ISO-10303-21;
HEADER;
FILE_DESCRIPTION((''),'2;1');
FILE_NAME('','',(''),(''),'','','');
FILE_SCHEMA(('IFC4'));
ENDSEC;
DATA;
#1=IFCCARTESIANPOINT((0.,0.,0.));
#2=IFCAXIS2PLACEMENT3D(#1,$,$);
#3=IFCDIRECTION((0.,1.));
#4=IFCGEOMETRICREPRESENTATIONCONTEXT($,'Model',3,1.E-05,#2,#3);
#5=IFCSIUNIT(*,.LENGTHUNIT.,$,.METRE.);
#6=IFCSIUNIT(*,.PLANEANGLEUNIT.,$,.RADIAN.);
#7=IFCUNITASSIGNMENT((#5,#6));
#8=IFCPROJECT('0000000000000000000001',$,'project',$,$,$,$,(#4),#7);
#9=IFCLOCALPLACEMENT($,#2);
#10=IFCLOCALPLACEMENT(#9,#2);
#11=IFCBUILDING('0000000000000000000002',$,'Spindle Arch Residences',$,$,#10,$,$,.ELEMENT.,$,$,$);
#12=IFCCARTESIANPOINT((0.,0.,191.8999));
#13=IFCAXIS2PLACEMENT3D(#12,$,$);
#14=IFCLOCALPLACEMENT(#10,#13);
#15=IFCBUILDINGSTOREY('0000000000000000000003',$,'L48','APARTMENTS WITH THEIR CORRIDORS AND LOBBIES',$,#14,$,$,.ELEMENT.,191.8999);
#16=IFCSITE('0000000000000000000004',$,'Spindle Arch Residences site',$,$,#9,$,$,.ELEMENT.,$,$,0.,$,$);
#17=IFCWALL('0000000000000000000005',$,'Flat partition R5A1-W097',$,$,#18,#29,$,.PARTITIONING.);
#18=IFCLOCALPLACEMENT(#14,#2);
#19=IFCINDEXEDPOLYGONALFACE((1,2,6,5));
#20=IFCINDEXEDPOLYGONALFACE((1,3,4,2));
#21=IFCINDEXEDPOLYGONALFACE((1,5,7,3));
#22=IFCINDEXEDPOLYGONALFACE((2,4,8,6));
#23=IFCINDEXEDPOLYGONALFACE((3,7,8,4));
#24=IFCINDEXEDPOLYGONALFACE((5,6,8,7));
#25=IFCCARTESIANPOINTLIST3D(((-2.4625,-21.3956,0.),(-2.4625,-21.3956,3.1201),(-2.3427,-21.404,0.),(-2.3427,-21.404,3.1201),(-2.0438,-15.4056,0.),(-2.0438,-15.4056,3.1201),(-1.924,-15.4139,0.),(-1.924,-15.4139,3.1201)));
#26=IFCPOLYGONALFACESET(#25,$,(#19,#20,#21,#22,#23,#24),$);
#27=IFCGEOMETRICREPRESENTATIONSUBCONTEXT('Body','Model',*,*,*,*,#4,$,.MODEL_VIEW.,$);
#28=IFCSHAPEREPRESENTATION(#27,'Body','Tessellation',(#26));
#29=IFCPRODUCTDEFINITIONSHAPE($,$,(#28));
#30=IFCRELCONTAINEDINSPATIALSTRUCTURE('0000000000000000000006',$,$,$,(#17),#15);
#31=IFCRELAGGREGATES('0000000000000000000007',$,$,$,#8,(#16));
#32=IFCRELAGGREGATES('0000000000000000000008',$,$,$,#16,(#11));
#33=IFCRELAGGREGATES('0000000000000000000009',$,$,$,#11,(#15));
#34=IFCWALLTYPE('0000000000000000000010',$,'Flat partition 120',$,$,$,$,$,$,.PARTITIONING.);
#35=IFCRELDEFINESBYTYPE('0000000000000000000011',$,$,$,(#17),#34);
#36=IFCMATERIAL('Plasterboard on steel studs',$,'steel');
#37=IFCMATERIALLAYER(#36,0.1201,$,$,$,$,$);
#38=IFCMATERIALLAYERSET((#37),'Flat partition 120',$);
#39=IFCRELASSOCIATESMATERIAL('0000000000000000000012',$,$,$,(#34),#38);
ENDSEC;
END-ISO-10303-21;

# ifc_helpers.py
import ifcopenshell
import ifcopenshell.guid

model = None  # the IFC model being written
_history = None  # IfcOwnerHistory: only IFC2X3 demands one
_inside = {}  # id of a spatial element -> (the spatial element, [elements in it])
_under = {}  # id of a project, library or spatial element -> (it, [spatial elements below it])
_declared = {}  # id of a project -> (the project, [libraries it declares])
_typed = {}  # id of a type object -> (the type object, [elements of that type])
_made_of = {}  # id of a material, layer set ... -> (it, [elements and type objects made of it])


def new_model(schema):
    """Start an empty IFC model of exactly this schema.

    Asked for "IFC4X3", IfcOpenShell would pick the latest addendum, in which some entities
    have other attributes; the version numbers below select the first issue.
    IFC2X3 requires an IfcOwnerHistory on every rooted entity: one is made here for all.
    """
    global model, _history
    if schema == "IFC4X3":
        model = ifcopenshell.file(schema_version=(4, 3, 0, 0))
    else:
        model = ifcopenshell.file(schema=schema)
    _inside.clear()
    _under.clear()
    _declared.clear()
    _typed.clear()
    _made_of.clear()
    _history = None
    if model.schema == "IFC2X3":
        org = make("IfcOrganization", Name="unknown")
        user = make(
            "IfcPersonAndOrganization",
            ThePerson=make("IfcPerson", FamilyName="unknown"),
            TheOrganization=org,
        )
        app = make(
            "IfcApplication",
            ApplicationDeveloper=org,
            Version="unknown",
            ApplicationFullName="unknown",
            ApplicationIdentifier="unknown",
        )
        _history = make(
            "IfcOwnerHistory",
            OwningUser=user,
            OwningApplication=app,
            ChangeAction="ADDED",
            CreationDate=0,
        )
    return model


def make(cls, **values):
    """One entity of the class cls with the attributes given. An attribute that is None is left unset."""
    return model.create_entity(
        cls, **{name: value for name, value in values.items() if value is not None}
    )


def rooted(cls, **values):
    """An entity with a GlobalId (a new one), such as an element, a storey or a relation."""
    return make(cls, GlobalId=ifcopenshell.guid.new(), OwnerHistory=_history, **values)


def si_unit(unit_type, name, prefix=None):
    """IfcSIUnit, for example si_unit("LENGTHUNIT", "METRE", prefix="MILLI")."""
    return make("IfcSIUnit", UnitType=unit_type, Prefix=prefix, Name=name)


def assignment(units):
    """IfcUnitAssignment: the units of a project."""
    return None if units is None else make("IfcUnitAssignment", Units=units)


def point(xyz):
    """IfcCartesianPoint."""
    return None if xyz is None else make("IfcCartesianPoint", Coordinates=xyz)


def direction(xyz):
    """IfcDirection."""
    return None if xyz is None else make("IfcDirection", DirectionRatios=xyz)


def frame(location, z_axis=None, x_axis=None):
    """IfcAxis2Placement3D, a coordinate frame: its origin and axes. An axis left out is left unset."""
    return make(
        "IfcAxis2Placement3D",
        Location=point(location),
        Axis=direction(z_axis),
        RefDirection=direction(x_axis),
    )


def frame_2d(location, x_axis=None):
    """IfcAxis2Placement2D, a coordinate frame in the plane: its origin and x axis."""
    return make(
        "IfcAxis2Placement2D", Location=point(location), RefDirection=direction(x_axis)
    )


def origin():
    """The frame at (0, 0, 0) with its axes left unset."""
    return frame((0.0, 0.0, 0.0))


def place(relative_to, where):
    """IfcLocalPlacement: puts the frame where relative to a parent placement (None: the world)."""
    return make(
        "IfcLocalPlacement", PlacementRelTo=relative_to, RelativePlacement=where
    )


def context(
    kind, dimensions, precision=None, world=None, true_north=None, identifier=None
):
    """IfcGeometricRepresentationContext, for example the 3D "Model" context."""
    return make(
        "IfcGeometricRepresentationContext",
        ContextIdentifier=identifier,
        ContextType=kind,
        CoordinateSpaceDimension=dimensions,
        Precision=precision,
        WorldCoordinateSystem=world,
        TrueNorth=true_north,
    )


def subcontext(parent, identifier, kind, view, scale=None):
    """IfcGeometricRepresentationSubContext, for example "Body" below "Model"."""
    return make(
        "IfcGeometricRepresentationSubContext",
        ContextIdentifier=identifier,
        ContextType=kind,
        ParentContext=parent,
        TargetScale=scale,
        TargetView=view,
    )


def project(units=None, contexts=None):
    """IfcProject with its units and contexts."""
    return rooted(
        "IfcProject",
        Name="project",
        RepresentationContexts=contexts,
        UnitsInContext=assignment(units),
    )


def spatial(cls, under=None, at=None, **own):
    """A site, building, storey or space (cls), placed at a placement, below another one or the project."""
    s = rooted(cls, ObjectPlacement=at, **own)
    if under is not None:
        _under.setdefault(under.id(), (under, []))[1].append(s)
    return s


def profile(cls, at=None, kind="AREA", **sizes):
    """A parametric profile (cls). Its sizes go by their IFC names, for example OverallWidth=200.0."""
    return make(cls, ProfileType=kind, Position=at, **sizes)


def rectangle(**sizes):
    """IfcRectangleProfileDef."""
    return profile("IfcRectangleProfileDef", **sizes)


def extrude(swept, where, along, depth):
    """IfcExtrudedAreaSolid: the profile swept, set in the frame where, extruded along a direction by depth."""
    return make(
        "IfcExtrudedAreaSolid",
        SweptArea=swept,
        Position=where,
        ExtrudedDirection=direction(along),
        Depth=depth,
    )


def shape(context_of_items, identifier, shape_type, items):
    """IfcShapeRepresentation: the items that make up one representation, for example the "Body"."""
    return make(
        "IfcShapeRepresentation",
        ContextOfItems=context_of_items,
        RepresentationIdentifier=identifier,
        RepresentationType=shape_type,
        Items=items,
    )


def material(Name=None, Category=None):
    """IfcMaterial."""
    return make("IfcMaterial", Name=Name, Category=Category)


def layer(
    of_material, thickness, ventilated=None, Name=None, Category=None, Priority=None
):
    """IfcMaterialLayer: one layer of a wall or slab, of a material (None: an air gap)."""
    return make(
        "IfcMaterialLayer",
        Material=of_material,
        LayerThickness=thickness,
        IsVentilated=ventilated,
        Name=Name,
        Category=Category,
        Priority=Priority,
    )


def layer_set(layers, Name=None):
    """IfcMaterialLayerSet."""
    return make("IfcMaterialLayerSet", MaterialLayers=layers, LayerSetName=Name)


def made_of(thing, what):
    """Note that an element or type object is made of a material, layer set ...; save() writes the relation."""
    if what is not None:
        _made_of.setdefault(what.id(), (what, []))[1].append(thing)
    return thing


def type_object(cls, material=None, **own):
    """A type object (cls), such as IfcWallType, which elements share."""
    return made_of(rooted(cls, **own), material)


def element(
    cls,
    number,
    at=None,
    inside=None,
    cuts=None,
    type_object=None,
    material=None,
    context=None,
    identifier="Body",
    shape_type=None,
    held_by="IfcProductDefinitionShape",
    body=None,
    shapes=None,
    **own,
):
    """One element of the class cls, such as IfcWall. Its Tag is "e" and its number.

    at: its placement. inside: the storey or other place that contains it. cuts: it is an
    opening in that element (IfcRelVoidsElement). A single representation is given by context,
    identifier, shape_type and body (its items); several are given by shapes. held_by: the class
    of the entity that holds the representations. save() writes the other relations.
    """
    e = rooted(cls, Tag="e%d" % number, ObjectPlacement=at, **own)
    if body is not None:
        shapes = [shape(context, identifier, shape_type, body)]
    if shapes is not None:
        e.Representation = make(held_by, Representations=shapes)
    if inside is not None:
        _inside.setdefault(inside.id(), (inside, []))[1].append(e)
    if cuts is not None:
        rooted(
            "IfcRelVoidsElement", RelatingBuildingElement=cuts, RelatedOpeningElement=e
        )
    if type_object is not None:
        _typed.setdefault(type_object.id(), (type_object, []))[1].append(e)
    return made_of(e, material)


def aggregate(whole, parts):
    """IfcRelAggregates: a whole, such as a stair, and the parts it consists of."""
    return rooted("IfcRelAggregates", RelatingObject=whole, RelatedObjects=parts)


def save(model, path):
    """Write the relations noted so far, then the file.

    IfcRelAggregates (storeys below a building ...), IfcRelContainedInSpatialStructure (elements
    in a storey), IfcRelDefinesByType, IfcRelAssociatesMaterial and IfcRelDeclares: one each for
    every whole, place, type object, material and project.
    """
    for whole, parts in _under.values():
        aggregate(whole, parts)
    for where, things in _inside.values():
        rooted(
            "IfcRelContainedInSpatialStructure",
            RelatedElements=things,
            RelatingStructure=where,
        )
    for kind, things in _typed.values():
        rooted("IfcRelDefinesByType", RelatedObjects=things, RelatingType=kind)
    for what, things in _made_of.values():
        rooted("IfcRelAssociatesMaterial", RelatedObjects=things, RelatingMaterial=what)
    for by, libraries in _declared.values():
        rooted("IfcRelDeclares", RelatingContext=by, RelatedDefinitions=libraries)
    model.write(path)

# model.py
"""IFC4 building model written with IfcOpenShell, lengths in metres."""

from ifc_helpers import new_model, si_unit, direction, frame, frame_2d, origin, place, context, subcontext, project, spatial, rectangle, extrude, material, layer, layer_set, type_object, element, save


model = new_model("IFC4")

# Units and contexts
model_context = context("Model", 3, precision=1e-05, world=origin(), true_north=direction((0.0, 1.0)))
body_context = subcontext(model_context, "Body", "Model", "MODEL_VIEW")
ifc_project = project(units=[si_unit("LENGTHUNIT", "METRE"), si_unit("PLANEANGLEUNIT", "RADIAN")], contexts=[model_context])

# Site, building, storey
site_placement = place(None, origin())
site = spatial("IfcSite", under=ifc_project, at=site_placement, Name="Spindle Arch Residences site", CompositionType="ELEMENT", RefElevation=0.0)
building_placement = place(site_placement, origin())
building = spatial("IfcBuilding", under=site, at=building_placement, Name="Spindle Arch Residences", CompositionType="ELEMENT")
storey_placement = place(building_placement, frame((0.0, 0.0, 191.8999)))
storey = spatial("IfcBuildingStorey", under=building, at=storey_placement, Name="L48", Description="APARTMENTS WITH THEIR CORRIDORS AND LOBBIES", CompositionType="ELEMENT", Elevation=191.8999)

# Shared definitions
ifc_material_1 = material(Name="Plasterboard on steel studs", Category="steel")
ifc_layer_1 = layer(ifc_material_1, 0.1201)
ifc_layer_set_1 = layer_set([ifc_layer_1], Name="Flat partition 120")
wall_type = type_object("IfcWallType", Name="Flat partition 120", PredefinedType="PARTITIONING", material=ifc_layer_set_1)

# Wall
wall_1_placement = place(storey_placement, frame((-2.4026, -21.3999, 0.0), z_axis=(0.0, 0.0, 1.0), x_axis=(0.06973, 0.997566, 0.0)))
element("IfcWall", 1, at=wall_1_placement, inside=storey, type_object=wall_type, Name="Flat partition R5A1-W097", PredefinedType="PARTITIONING", context=body_context, shape_type="SweptSolid", body=[
    extrude(rectangle(XDim=6.0046, YDim=0.1201, at=frame_2d((3.0024, 0.0))), origin(), (0.0, 0.0, 1.0), 3.1201),
])

save(model, "model.ifc")
